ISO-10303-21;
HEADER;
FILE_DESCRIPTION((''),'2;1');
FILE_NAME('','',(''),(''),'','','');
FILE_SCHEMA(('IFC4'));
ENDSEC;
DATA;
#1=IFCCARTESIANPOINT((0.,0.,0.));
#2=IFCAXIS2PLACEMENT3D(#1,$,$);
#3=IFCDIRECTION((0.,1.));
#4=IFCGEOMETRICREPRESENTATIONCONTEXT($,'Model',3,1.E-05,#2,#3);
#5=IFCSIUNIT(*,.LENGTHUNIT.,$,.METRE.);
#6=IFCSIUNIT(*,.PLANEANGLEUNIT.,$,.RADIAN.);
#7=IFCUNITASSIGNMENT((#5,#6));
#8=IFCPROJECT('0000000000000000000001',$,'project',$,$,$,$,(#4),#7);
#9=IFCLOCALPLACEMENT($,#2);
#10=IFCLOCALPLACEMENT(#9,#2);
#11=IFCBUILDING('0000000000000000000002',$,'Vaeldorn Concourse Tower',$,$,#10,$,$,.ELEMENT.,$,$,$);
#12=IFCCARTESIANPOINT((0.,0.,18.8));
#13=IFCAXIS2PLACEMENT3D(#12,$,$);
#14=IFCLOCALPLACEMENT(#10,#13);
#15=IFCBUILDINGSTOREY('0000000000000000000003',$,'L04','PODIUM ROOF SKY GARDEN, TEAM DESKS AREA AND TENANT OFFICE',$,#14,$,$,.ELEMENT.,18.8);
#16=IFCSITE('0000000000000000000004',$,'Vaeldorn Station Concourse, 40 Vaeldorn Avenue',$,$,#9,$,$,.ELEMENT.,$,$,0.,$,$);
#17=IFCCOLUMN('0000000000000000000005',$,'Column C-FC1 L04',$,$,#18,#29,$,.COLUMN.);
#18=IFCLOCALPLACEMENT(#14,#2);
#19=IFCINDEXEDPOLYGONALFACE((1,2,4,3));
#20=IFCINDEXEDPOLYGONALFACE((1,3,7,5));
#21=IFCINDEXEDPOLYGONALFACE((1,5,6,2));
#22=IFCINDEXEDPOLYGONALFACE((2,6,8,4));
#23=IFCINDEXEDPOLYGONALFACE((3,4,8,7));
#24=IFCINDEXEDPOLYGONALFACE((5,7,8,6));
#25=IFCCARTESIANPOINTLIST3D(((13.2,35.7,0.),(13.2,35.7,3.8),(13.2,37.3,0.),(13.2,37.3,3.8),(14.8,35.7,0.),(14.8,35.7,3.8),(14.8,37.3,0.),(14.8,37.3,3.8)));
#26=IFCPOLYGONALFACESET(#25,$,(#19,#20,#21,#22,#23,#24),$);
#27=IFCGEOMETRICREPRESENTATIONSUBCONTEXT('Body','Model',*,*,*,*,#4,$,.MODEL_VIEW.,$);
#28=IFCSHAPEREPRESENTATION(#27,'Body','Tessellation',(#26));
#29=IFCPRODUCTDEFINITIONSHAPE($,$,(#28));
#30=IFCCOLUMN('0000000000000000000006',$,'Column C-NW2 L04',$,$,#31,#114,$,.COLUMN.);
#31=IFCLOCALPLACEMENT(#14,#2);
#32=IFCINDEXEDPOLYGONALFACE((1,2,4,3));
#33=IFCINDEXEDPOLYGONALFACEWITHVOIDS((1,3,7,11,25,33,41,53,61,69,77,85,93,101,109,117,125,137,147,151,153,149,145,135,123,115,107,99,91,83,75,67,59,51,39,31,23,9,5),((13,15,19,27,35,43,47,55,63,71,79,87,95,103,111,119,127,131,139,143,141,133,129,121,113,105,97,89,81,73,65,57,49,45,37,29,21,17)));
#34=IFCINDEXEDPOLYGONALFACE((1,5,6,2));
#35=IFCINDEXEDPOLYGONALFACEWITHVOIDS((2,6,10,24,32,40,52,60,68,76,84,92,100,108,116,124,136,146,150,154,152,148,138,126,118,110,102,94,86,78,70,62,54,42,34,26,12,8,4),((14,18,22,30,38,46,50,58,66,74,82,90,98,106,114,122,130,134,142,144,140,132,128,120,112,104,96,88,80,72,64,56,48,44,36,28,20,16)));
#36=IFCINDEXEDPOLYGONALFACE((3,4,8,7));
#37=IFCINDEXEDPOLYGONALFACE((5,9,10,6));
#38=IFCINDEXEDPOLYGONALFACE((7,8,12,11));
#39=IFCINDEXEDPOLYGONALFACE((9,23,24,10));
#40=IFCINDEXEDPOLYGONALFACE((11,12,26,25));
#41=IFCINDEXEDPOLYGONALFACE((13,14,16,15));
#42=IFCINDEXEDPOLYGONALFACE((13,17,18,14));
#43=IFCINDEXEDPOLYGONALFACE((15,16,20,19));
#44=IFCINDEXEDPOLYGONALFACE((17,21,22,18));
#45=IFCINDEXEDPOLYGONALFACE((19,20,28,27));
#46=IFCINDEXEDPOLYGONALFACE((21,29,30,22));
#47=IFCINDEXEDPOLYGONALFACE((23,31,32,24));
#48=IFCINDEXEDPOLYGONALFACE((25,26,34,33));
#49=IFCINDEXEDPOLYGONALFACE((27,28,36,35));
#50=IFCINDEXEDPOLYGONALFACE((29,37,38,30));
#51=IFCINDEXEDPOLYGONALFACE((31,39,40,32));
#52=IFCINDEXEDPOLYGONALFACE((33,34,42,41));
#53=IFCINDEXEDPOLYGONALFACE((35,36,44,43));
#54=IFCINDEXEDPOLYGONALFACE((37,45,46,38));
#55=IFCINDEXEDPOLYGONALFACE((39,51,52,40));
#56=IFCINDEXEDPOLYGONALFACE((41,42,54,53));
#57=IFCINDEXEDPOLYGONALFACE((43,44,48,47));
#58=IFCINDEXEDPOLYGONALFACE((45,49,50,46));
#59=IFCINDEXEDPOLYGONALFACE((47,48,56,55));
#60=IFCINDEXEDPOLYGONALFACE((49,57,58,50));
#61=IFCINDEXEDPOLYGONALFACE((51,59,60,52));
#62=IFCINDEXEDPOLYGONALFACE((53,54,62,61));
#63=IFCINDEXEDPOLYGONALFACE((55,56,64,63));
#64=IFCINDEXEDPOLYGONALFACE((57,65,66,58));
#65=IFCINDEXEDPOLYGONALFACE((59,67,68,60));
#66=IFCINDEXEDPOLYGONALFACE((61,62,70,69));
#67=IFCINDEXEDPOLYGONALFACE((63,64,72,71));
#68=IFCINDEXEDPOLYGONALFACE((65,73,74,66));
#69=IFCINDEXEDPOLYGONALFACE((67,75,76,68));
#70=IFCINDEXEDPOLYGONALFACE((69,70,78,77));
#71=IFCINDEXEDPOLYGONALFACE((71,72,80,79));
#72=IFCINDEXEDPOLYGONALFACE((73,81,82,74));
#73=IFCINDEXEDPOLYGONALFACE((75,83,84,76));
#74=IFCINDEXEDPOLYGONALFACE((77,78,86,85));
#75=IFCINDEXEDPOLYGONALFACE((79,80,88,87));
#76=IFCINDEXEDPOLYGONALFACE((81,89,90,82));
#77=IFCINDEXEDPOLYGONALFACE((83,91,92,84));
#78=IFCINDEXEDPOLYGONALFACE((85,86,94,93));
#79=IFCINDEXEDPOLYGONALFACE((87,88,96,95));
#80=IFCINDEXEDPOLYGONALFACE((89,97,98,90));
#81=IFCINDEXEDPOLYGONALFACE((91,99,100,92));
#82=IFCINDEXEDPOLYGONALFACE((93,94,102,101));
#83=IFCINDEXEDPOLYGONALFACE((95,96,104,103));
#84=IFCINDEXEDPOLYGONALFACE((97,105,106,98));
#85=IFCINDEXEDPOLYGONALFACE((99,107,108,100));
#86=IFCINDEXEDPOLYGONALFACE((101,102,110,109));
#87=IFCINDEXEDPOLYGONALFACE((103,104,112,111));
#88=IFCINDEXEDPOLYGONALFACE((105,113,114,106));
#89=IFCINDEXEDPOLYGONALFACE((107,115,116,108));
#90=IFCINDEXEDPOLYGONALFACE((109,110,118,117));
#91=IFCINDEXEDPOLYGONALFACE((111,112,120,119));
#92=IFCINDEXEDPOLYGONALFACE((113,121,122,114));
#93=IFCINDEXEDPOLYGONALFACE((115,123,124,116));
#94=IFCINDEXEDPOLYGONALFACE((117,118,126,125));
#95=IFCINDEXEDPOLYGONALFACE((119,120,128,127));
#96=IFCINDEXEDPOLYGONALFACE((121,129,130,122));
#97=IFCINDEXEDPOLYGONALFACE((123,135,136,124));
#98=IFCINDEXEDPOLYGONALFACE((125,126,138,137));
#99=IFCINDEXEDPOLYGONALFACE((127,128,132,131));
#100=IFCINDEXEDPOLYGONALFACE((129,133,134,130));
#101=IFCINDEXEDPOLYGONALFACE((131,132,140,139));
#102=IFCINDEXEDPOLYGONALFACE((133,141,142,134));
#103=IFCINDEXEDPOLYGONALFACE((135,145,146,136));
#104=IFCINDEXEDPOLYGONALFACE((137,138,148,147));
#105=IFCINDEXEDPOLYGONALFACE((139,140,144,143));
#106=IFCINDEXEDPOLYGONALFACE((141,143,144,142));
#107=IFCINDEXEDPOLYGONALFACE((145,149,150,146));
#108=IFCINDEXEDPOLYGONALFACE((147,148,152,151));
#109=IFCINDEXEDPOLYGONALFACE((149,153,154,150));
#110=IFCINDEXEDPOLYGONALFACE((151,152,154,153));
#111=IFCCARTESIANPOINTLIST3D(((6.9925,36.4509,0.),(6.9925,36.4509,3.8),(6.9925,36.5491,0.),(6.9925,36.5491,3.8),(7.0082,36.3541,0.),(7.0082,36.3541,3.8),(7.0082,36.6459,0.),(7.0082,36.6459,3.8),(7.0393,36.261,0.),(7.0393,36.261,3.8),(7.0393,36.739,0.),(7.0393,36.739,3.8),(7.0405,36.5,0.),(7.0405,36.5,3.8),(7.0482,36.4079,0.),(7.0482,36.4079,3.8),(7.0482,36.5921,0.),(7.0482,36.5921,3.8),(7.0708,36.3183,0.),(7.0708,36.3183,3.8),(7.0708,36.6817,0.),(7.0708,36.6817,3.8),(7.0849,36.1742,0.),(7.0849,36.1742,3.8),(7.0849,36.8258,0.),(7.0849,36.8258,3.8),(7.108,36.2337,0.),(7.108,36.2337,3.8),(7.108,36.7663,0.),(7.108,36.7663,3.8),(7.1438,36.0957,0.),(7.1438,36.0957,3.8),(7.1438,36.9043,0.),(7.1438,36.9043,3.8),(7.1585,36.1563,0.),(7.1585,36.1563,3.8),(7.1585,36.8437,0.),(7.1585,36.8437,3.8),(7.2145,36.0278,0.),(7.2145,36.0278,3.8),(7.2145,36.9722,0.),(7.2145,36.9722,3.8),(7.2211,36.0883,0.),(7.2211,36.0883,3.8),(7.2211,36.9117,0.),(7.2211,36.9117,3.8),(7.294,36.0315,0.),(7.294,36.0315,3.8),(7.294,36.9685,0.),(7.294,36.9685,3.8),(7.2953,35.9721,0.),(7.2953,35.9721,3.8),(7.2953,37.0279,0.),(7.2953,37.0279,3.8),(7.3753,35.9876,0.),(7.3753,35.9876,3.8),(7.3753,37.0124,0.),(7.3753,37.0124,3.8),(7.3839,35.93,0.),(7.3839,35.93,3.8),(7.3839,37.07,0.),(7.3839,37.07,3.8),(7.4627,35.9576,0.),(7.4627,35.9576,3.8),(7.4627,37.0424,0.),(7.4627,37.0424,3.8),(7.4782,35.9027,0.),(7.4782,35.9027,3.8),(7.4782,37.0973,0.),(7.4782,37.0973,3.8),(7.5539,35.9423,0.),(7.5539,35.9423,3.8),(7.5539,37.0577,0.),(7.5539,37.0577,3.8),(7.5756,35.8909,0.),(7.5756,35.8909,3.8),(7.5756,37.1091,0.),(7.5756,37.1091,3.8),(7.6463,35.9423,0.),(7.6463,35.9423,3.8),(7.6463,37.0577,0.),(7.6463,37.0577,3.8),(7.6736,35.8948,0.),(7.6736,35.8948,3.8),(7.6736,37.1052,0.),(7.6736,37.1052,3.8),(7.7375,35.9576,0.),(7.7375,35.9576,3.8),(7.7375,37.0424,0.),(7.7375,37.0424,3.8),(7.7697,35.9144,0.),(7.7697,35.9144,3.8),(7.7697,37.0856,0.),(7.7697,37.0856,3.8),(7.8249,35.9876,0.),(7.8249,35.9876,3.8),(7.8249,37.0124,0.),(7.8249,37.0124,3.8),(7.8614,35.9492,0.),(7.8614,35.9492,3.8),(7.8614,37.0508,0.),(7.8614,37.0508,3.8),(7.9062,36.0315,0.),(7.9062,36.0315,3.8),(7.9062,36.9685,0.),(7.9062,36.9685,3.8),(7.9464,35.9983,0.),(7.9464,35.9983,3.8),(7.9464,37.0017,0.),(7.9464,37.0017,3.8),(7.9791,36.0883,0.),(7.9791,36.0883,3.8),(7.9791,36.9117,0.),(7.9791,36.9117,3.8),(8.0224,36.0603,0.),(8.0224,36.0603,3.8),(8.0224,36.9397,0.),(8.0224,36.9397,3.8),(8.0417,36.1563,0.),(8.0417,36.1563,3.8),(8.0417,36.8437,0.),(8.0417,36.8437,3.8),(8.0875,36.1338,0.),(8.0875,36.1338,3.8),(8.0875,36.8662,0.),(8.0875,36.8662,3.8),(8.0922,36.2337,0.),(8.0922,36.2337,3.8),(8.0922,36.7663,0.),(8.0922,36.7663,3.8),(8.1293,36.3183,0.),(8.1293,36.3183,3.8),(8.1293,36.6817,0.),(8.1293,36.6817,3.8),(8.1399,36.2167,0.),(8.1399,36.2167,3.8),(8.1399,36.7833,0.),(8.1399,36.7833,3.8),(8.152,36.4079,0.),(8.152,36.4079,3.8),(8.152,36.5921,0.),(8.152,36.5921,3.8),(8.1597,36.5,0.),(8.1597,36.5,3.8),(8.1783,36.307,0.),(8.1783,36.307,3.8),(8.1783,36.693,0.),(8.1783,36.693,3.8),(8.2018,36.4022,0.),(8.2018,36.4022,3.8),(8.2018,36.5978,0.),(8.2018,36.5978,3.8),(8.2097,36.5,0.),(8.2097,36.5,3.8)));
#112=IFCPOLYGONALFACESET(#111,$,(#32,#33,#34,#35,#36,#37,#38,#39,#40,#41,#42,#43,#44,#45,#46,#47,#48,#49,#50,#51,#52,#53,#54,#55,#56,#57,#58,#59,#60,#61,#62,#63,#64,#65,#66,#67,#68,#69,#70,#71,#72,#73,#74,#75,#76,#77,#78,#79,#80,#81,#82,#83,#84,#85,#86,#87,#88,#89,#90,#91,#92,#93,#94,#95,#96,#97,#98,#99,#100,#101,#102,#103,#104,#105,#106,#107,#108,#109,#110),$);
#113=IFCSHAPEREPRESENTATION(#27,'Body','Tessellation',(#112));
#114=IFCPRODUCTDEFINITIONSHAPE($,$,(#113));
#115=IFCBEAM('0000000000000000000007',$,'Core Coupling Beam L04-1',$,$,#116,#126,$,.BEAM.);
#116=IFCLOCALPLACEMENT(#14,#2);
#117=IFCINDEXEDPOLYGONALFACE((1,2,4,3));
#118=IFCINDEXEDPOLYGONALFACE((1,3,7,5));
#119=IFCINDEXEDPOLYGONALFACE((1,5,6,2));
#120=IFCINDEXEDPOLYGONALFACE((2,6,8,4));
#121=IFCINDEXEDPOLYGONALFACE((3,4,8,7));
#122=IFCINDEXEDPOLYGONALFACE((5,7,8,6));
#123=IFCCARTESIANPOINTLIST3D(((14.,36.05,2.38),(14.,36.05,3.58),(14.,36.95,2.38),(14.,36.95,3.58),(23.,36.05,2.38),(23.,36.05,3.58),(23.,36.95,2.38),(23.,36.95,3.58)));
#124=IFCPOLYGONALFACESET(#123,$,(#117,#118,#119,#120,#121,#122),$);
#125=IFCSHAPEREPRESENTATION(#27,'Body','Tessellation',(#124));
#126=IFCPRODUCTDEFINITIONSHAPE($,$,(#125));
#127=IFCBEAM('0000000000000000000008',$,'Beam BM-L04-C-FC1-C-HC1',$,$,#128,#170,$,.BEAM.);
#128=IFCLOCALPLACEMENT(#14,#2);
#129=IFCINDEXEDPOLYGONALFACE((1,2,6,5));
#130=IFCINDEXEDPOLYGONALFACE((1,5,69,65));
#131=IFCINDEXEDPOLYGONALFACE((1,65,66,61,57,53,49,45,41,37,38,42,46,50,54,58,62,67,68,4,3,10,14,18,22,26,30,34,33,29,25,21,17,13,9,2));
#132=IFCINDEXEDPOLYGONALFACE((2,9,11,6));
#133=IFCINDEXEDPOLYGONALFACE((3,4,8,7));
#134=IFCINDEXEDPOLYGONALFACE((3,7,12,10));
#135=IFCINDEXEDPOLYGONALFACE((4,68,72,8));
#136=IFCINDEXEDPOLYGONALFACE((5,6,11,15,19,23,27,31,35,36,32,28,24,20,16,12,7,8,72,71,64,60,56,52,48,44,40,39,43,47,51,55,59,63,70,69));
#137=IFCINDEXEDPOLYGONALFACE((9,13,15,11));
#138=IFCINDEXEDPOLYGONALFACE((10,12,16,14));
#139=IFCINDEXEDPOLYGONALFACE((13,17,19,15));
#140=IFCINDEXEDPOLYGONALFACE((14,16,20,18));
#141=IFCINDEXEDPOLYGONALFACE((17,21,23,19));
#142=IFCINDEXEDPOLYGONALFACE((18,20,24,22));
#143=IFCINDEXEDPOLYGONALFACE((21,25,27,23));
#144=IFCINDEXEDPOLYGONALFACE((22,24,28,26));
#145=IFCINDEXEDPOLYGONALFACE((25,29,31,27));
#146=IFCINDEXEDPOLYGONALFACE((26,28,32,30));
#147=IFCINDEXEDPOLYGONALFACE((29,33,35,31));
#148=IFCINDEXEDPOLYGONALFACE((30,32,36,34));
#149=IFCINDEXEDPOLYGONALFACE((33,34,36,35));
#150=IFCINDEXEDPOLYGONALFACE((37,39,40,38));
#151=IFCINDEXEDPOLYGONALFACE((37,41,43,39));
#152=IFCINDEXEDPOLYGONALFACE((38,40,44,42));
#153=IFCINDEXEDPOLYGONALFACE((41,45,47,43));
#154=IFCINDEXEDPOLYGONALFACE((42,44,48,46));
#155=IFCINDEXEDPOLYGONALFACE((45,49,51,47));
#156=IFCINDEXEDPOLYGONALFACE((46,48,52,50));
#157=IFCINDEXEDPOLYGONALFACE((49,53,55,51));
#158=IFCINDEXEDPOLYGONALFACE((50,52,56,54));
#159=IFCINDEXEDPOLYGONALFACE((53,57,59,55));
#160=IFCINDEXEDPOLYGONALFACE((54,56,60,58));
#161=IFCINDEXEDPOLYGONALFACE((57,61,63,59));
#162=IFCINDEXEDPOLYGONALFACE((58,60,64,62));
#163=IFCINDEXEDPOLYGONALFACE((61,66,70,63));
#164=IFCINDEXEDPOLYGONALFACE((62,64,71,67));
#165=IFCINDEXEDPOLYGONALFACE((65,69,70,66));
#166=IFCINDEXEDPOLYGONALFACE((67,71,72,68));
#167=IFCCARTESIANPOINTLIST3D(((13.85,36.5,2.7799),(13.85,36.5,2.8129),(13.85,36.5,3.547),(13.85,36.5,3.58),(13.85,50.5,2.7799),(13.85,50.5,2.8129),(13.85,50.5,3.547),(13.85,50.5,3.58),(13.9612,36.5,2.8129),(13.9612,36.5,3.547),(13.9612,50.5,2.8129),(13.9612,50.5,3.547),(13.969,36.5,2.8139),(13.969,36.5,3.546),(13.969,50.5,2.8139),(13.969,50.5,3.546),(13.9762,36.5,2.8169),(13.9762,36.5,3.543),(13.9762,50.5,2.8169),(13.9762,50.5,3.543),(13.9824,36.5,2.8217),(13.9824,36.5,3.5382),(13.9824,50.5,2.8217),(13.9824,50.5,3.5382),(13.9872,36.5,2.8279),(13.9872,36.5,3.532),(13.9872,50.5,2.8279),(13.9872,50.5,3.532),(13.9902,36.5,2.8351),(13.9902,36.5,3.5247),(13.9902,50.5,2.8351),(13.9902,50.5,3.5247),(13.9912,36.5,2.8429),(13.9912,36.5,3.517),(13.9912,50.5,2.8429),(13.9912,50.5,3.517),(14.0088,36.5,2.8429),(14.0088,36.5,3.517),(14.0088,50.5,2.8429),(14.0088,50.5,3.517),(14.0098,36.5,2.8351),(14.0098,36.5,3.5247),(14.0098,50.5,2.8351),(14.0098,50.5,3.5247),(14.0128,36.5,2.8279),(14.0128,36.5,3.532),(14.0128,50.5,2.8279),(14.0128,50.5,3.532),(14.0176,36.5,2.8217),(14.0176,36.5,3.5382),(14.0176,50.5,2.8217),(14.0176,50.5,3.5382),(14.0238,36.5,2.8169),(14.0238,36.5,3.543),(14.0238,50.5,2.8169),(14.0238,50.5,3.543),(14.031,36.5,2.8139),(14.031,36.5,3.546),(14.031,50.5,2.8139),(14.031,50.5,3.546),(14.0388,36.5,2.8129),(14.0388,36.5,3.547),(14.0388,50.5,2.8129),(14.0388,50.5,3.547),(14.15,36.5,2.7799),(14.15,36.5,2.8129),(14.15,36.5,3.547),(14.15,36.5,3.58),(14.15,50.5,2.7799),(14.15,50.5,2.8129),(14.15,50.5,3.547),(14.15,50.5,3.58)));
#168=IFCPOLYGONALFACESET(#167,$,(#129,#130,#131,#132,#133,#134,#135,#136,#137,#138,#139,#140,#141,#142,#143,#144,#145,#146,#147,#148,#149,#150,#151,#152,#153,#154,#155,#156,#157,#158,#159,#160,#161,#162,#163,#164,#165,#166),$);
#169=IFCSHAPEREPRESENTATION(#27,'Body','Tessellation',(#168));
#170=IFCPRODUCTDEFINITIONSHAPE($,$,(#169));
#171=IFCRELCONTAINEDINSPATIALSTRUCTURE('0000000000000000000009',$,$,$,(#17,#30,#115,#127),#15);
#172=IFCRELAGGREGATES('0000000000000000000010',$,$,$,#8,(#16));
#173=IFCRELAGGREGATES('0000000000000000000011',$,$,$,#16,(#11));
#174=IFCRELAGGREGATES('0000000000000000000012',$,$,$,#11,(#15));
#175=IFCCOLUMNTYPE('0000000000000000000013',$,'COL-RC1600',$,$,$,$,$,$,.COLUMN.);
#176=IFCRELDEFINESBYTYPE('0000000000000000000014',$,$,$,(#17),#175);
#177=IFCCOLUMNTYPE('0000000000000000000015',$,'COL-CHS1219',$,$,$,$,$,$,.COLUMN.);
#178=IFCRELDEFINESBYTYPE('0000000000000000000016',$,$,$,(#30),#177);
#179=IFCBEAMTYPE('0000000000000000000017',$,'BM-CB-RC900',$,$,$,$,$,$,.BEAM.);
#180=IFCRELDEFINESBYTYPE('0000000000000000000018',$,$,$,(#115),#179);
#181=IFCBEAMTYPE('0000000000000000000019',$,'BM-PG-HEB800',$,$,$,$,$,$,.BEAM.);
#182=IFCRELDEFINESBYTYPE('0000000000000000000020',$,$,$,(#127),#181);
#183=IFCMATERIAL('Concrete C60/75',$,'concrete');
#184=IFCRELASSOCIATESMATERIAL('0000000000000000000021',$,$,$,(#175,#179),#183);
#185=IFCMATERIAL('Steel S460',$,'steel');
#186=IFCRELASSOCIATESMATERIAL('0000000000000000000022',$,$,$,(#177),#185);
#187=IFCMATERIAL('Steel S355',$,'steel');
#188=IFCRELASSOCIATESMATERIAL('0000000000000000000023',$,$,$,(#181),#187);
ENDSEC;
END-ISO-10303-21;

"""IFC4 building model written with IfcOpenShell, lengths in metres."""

from ifc_helpers import new_model, si_unit, direction, frame, origin, origin_2d, place, context, subcontext, project, spatial, rectangle, hollow_circle, i_section, extrude, source, transform, mapped, material, material_profile, profile_set, type_object, element, save


model = new_model("IFC4")

# Units and contexts
model_context = context("Model", 3, precision=1e-05, world=origin(), true_north=direction((0.0, 1.0)))
body_context = subcontext(model_context, "Body", "Model", "MODEL_VIEW")
ifc_project = project(units=[si_unit("LENGTHUNIT", "METRE"), si_unit("PLANEANGLEUNIT", "RADIAN")], contexts=[model_context])

# Site, building, storey
site_placement = place(None, origin())
site = spatial("IfcSite", under=ifc_project, at=site_placement, Name="Vaeldorn Station Concourse, 40 Vaeldorn Avenue", CompositionType="ELEMENT", RefElevation=0.0)
building_placement = place(site_placement, origin())
building = spatial("IfcBuilding", under=site, at=building_placement, Name="Vaeldorn Concourse Tower", CompositionType="ELEMENT")
storey_placement = place(building_placement, frame((0.0, 0.0, 18.8)))
storey = spatial("IfcBuildingStorey", under=building, at=storey_placement, Name="L04", Description="PODIUM ROOF SKY GARDEN, TEAM DESKS AREA AND TENANT OFFICE", CompositionType="ELEMENT", Elevation=18.8)

# Columns
ifc_material_1 = material(Name="Concrete C60/75", Category="concrete")
ifc_material_profile_1 = material_profile(ifc_material_1, rectangle(XDim=1.6001, YDim=1.6001, at=origin_2d()), Name="RC 1600x1600")
ifc_profile_set_1 = profile_set([ifc_material_profile_1], Name="Concrete C60/75")
column_type_1 = type_object("IfcColumnType", Name="COL-RC1600", PredefinedType="COLUMN", material=ifc_profile_set_1)
shared_shape_1 = source(origin(), body_context, "Body", "SweptSolid", [
    extrude(rectangle(XDim=1.6001, YDim=1.6001, at=origin_2d()), origin(), (0.0, 0.0, 1.0), 3.8),
])
column_1_placement = place(storey_placement, frame((14.0, 36.5, 0.0), z_axis=(0.0, 0.0, 1.0), x_axis=(1.0, 0.0, 0.0)))
element("IfcColumn", 1, at=column_1_placement, inside=storey, type_object=column_type_1, Name="Column C-FC1 L04", PredefinedType="COLUMN", context=body_context, shape_type="MappedRepresentation", body=[
    mapped(shared_shape_1, transform((0.0, 0.0, 0.0), scale=1.0)),
])
ifc_material_2 = material(Name="Steel S460", Category="steel")
ifc_material_profile_2 = material_profile(ifc_material_2, hollow_circle(Radius=0.6096, WallThickness=0.05, at=origin_2d()), Name="CHS 1219x50")
ifc_profile_set_2 = profile_set([ifc_material_profile_2], Name="Steel S460")
column_type_2 = type_object("IfcColumnType", Name="COL-CHS1219", PredefinedType="COLUMN", material=ifc_profile_set_2)
shared_shape_2 = source(origin(), body_context, "Body", "SweptSolid", [
    extrude(hollow_circle(Radius=0.6096, WallThickness=0.05, at=origin_2d()), origin(), (0.0, 0.0, 1.0), 3.8),
])
column_2_placement = place(storey_placement, frame((7.6001, 36.5, 0.0), z_axis=(0.0, 0.0, 1.0), x_axis=(1.0, 0.0, 0.0)))
element("IfcColumn", 2, at=column_2_placement, inside=storey, type_object=column_type_2, Name="Column C-NW2 L04", PredefinedType="COLUMN", context=body_context, shape_type="MappedRepresentation", body=[
    mapped(shared_shape_2, transform((0.0, 0.0, 0.0), scale=1.0)),
])

# Beams
ifc_material_profile_3 = material_profile(ifc_material_1, rectangle(XDim=0.8999, YDim=1.2, at=origin_2d()), Name="RC 900x1200")
ifc_profile_set_3 = profile_set([ifc_material_profile_3], Name="Concrete C60/75")
beam_type_1 = type_object("IfcBeamType", Name="BM-CB-RC900", PredefinedType="BEAM", material=ifc_profile_set_3)
shared_shape_3 = source(origin(), body_context, "Body", "SweptSolid", [
    extrude(rectangle(XDim=0.8999, YDim=1.2, at=origin_2d()), origin(), (0.0, 0.0, 1.0), 9.0),
])
beam_1_placement = place(storey_placement, frame((14.0, 36.5, 2.98), z_axis=(1.0, 0.0, 0.0), x_axis=(0.0, 1.0, 0.0)))
element("IfcBeam", 3, at=beam_1_placement, inside=storey, type_object=beam_type_1, Name="Core Coupling Beam L04-1", PredefinedType="BEAM", context=body_context, shape_type="MappedRepresentation", body=[
    mapped(shared_shape_3, transform((0.0, 0.0, 0.0), scale=1.0)),
])
ifc_material_3 = material(Name="Steel S355", Category="steel")
ifc_material_profile_4 = material_profile(ifc_material_3, i_section(OverallWidth=0.3, OverallDepth=0.8, WebThickness=0.0176, FlangeThickness=0.033, FilletRadius=0.03, at=origin_2d()), Name="HEB 800")
ifc_profile_set_4 = profile_set([ifc_material_profile_4], Name="Steel S355")
beam_type_2 = type_object("IfcBeamType", Name="BM-PG-HEB800", PredefinedType="BEAM", material=ifc_profile_set_4)
shared_shape_4 = source(origin(), body_context, "Body", "SweptSolid", [
    extrude(i_section(OverallWidth=0.3, OverallDepth=0.8, WebThickness=0.0176, FlangeThickness=0.033, FilletRadius=0.03, at=origin_2d()), origin(), (0.0, 0.0, 1.0), 14.0),
])
beam_2_placement = place(storey_placement, frame((14.0, 36.5, 3.1799), z_axis=(0.0, 1.0, 0.0), x_axis=(-1.0, 0.0, 0.0)))
element("IfcBeam", 4, at=beam_2_placement, inside=storey, type_object=beam_type_2, Name="Beam BM-L04-C-FC1-C-HC1", PredefinedType="BEAM", context=body_context, shape_type="MappedRepresentation", body=[
    mapped(shared_shape_4, transform((0.0, 0.0, 0.0), scale=1.0)),
])

save(model, "model.ifc")
